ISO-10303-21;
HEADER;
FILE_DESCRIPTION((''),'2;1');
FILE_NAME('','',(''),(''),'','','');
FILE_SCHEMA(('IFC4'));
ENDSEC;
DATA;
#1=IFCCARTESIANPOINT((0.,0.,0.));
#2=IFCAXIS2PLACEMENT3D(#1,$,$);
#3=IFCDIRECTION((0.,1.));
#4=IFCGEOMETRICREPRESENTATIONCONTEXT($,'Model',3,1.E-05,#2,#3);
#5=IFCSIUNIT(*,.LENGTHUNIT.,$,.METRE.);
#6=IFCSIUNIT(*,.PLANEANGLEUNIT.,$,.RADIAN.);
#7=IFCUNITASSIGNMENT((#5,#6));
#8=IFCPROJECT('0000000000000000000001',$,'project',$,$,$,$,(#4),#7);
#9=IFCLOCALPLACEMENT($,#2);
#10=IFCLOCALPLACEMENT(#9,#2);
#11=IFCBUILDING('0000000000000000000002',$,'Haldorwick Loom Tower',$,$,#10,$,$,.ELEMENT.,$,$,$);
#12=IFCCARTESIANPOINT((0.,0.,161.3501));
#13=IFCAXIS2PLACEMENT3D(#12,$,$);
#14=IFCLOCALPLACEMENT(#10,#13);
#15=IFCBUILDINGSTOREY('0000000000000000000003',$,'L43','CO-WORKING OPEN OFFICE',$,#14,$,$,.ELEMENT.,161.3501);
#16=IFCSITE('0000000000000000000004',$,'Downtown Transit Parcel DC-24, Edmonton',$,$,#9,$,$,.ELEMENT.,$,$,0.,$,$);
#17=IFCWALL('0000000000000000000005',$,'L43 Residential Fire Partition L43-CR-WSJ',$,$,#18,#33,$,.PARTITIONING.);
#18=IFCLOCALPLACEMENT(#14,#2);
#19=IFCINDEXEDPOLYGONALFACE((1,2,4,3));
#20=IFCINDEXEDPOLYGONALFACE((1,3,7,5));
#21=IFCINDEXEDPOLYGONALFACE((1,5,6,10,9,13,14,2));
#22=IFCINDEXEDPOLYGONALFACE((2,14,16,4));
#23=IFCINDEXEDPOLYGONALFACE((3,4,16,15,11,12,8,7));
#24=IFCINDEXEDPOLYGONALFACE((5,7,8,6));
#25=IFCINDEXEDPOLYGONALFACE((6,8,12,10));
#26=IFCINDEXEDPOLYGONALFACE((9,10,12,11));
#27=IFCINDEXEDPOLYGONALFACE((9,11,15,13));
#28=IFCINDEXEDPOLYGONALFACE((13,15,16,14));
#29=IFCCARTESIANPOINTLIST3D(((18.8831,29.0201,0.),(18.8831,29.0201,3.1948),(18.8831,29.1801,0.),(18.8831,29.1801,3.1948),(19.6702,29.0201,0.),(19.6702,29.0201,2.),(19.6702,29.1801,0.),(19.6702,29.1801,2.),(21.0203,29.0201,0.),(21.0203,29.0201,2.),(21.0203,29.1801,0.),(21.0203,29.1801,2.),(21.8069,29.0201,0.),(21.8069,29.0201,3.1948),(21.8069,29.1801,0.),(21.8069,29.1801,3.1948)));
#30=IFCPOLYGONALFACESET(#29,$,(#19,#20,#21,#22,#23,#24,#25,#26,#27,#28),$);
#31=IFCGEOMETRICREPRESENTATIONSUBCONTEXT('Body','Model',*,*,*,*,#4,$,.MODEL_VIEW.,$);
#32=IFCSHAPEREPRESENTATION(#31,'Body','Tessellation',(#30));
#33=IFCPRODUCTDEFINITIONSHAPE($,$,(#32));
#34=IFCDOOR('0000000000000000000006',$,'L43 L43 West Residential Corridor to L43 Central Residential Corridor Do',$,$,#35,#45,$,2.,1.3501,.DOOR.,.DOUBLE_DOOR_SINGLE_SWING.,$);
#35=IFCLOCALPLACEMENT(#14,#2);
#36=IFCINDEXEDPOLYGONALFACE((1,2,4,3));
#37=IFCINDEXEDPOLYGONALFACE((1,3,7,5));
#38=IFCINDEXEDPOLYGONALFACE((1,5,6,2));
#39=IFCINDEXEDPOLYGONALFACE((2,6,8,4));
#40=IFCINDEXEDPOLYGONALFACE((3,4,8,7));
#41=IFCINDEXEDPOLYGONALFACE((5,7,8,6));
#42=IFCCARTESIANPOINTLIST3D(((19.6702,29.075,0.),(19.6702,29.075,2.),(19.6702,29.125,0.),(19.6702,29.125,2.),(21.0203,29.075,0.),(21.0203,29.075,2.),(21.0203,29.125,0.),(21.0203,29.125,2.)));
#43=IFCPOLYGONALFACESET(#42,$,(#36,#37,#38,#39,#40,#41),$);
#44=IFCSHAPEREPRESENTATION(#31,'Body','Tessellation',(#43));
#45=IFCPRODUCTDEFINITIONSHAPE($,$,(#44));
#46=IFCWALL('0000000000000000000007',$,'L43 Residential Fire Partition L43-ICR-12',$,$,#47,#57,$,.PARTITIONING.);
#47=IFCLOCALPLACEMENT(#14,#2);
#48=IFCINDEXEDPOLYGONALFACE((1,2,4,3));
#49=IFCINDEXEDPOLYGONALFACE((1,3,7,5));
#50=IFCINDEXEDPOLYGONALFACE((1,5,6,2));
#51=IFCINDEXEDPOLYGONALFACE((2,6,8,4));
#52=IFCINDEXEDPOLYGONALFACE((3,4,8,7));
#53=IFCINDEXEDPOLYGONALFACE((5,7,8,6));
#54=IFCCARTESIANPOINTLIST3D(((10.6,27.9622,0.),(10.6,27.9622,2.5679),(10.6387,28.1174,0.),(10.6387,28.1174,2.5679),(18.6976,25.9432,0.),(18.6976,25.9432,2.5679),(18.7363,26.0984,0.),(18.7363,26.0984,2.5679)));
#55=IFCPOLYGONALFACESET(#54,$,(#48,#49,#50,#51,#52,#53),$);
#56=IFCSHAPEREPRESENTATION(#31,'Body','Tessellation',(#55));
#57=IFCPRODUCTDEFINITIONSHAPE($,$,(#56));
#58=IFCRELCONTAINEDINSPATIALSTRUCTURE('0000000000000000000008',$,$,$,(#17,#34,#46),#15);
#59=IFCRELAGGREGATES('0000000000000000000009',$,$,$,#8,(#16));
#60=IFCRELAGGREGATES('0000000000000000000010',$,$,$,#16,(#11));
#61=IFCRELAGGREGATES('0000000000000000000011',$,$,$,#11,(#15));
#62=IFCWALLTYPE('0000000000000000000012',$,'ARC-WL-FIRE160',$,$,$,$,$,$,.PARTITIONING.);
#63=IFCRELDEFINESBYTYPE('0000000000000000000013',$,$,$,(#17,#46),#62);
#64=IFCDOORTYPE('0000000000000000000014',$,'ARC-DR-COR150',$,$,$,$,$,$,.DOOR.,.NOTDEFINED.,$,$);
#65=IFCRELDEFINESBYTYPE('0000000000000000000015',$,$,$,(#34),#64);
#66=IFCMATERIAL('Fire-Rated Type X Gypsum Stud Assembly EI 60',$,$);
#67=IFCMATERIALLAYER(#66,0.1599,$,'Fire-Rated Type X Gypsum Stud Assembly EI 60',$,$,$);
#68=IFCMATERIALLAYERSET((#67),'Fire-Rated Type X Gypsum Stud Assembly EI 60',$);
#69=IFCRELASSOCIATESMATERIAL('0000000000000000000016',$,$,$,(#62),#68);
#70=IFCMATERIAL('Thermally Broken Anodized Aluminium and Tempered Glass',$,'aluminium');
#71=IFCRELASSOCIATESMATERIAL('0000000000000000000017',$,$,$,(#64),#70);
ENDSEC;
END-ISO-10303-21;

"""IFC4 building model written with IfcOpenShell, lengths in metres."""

from ifc_helpers import new_model, si_unit, direction, frame, frame_2d, origin, place, context, subcontext, project, spatial, rectangle, extrude, material, layer, layer_set, type_object, element, fill, save


model = new_model("IFC4")

# Units and contexts
model_context = context("Model", 3, precision=1e-05, world=origin(), true_north=direction((0.0, 1.0)))
body_context = subcontext(model_context, "Body", "Model", "MODEL_VIEW")
ifc_project = project(units=[si_unit("LENGTHUNIT", "METRE"), si_unit("PLANEANGLEUNIT", "RADIAN")], contexts=[model_context])

# Site, building, storey
site_placement = place(None, origin())
site = spatial("IfcSite", under=ifc_project, at=site_placement, Name="Downtown Transit Parcel DC-24, Edmonton", CompositionType="ELEMENT", RefElevation=0.0)
building_placement = place(site_placement, origin())
building = spatial("IfcBuilding", under=site, at=building_placement, Name="Haldorwick Loom Tower", CompositionType="ELEMENT")
storey_placement = place(building_placement, frame((0.0, 0.0, 161.3501)))
storey = spatial("IfcBuildingStorey", under=building, at=storey_placement, Name="L43", Description="CO-WORKING OPEN OFFICE", CompositionType="ELEMENT", Elevation=161.3501)

# Shared definitions
ifc_material_1 = material(Name="Fire-Rated Type X Gypsum Stud Assembly EI 60")
ifc_layer_1 = layer(ifc_material_1, 0.1599, Name="Fire-Rated Type X Gypsum Stud Assembly EI 60")
ifc_layer_set_1 = layer_set([ifc_layer_1], Name="Fire-Rated Type X Gypsum Stud Assembly EI 60")
wall_type_1 = type_object("IfcWallType", Name="ARC-WL-FIRE160", PredefinedType="PARTITIONING", material=ifc_layer_set_1)

# Wall, opening, door
wall_1_placement = place(storey_placement, frame((18.8831, 29.1001, 0.0), z_axis=(0.0, 0.0, 1.0), x_axis=(1.0, 0.0, 0.0)))
wall_1 = element("IfcWall", 1, at=wall_1_placement, inside=storey, type_object=wall_type_1, Name="L43 Residential Fire Partition L43-CR-WSJ", PredefinedType="PARTITIONING", context=body_context, shape_type="SweptSolid", body=[
    extrude(rectangle(XDim=2.9238, YDim=0.1599, at=frame_2d((1.4619, 0.0))), origin(), (0.0, 0.0, 1.0), 3.1948),
])
opening_1_placement = place(wall_1_placement, frame((0.7871, 0.0, 0.0)))
opening_1 = element("IfcOpeningElement", 2, at=opening_1_placement, cuts=wall_1, PredefinedType="OPENING", context=body_context, shape_type="SweptSolid", body=[
    extrude(rectangle(XDim=1.3501, YDim=2.0, at=frame_2d((0.675, 1.0))), frame((0.0, 0.0898, 0.0), z_axis=(0.0, -1.0, 0.0), x_axis=(1.0, 0.0, 0.0)), (0.0, 0.0, 1.0), 0.1799),
])
ifc_material_2 = material(Name="Thermally Broken Anodized Aluminium and Tempered Glass", Category="aluminium")
door_type_1 = type_object("IfcDoorType", Name="ARC-DR-COR150", OperationType="NOTDEFINED", PredefinedType="DOOR", material=ifc_material_2)
door_1_placement = place(opening_1_placement, origin())
door_1 = element("IfcDoor", 3, at=door_1_placement, inside=storey, type_object=door_type_1, Name="L43 L43 West Residential Corridor to L43 Central Residential Corridor Do", OperationType="DOUBLE_DOOR_SINGLE_SWING", OverallHeight=2.0, OverallWidth=1.3501, PredefinedType="DOOR", context=body_context, shape_type="SweptSolid", body=[
    extrude(rectangle(XDim=1.3501, YDim=2.0, at=frame_2d((0.675, 1.0))), frame((0.0, 0.0249, 0.0), z_axis=(0.0, -1.0, 0.0), x_axis=(1.0, 0.0, 0.0)), (0.0, 0.0, 1.0), 0.05),
])
fill(opening_1, door_1)

# Wall
wall_2_placement = place(storey_placement, frame((18.717, 26.0208, 0.0), z_axis=(0.0, 0.0, 1.0), x_axis=(-0.970294, 0.24193, 0.0)))
element("IfcWall", 4, at=wall_2_placement, inside=storey, type_object=wall_type_1, Name="L43 Residential Fire Partition L43-ICR-12", PredefinedType="PARTITIONING", context=body_context, shape_type="SweptSolid", body=[
    extrude(rectangle(XDim=8.3455, YDim=0.1599, at=frame_2d((4.1729, 0.0))), origin(), (0.0, 0.0, 1.0), 2.5679),
])

save(model, "model.ifc")
